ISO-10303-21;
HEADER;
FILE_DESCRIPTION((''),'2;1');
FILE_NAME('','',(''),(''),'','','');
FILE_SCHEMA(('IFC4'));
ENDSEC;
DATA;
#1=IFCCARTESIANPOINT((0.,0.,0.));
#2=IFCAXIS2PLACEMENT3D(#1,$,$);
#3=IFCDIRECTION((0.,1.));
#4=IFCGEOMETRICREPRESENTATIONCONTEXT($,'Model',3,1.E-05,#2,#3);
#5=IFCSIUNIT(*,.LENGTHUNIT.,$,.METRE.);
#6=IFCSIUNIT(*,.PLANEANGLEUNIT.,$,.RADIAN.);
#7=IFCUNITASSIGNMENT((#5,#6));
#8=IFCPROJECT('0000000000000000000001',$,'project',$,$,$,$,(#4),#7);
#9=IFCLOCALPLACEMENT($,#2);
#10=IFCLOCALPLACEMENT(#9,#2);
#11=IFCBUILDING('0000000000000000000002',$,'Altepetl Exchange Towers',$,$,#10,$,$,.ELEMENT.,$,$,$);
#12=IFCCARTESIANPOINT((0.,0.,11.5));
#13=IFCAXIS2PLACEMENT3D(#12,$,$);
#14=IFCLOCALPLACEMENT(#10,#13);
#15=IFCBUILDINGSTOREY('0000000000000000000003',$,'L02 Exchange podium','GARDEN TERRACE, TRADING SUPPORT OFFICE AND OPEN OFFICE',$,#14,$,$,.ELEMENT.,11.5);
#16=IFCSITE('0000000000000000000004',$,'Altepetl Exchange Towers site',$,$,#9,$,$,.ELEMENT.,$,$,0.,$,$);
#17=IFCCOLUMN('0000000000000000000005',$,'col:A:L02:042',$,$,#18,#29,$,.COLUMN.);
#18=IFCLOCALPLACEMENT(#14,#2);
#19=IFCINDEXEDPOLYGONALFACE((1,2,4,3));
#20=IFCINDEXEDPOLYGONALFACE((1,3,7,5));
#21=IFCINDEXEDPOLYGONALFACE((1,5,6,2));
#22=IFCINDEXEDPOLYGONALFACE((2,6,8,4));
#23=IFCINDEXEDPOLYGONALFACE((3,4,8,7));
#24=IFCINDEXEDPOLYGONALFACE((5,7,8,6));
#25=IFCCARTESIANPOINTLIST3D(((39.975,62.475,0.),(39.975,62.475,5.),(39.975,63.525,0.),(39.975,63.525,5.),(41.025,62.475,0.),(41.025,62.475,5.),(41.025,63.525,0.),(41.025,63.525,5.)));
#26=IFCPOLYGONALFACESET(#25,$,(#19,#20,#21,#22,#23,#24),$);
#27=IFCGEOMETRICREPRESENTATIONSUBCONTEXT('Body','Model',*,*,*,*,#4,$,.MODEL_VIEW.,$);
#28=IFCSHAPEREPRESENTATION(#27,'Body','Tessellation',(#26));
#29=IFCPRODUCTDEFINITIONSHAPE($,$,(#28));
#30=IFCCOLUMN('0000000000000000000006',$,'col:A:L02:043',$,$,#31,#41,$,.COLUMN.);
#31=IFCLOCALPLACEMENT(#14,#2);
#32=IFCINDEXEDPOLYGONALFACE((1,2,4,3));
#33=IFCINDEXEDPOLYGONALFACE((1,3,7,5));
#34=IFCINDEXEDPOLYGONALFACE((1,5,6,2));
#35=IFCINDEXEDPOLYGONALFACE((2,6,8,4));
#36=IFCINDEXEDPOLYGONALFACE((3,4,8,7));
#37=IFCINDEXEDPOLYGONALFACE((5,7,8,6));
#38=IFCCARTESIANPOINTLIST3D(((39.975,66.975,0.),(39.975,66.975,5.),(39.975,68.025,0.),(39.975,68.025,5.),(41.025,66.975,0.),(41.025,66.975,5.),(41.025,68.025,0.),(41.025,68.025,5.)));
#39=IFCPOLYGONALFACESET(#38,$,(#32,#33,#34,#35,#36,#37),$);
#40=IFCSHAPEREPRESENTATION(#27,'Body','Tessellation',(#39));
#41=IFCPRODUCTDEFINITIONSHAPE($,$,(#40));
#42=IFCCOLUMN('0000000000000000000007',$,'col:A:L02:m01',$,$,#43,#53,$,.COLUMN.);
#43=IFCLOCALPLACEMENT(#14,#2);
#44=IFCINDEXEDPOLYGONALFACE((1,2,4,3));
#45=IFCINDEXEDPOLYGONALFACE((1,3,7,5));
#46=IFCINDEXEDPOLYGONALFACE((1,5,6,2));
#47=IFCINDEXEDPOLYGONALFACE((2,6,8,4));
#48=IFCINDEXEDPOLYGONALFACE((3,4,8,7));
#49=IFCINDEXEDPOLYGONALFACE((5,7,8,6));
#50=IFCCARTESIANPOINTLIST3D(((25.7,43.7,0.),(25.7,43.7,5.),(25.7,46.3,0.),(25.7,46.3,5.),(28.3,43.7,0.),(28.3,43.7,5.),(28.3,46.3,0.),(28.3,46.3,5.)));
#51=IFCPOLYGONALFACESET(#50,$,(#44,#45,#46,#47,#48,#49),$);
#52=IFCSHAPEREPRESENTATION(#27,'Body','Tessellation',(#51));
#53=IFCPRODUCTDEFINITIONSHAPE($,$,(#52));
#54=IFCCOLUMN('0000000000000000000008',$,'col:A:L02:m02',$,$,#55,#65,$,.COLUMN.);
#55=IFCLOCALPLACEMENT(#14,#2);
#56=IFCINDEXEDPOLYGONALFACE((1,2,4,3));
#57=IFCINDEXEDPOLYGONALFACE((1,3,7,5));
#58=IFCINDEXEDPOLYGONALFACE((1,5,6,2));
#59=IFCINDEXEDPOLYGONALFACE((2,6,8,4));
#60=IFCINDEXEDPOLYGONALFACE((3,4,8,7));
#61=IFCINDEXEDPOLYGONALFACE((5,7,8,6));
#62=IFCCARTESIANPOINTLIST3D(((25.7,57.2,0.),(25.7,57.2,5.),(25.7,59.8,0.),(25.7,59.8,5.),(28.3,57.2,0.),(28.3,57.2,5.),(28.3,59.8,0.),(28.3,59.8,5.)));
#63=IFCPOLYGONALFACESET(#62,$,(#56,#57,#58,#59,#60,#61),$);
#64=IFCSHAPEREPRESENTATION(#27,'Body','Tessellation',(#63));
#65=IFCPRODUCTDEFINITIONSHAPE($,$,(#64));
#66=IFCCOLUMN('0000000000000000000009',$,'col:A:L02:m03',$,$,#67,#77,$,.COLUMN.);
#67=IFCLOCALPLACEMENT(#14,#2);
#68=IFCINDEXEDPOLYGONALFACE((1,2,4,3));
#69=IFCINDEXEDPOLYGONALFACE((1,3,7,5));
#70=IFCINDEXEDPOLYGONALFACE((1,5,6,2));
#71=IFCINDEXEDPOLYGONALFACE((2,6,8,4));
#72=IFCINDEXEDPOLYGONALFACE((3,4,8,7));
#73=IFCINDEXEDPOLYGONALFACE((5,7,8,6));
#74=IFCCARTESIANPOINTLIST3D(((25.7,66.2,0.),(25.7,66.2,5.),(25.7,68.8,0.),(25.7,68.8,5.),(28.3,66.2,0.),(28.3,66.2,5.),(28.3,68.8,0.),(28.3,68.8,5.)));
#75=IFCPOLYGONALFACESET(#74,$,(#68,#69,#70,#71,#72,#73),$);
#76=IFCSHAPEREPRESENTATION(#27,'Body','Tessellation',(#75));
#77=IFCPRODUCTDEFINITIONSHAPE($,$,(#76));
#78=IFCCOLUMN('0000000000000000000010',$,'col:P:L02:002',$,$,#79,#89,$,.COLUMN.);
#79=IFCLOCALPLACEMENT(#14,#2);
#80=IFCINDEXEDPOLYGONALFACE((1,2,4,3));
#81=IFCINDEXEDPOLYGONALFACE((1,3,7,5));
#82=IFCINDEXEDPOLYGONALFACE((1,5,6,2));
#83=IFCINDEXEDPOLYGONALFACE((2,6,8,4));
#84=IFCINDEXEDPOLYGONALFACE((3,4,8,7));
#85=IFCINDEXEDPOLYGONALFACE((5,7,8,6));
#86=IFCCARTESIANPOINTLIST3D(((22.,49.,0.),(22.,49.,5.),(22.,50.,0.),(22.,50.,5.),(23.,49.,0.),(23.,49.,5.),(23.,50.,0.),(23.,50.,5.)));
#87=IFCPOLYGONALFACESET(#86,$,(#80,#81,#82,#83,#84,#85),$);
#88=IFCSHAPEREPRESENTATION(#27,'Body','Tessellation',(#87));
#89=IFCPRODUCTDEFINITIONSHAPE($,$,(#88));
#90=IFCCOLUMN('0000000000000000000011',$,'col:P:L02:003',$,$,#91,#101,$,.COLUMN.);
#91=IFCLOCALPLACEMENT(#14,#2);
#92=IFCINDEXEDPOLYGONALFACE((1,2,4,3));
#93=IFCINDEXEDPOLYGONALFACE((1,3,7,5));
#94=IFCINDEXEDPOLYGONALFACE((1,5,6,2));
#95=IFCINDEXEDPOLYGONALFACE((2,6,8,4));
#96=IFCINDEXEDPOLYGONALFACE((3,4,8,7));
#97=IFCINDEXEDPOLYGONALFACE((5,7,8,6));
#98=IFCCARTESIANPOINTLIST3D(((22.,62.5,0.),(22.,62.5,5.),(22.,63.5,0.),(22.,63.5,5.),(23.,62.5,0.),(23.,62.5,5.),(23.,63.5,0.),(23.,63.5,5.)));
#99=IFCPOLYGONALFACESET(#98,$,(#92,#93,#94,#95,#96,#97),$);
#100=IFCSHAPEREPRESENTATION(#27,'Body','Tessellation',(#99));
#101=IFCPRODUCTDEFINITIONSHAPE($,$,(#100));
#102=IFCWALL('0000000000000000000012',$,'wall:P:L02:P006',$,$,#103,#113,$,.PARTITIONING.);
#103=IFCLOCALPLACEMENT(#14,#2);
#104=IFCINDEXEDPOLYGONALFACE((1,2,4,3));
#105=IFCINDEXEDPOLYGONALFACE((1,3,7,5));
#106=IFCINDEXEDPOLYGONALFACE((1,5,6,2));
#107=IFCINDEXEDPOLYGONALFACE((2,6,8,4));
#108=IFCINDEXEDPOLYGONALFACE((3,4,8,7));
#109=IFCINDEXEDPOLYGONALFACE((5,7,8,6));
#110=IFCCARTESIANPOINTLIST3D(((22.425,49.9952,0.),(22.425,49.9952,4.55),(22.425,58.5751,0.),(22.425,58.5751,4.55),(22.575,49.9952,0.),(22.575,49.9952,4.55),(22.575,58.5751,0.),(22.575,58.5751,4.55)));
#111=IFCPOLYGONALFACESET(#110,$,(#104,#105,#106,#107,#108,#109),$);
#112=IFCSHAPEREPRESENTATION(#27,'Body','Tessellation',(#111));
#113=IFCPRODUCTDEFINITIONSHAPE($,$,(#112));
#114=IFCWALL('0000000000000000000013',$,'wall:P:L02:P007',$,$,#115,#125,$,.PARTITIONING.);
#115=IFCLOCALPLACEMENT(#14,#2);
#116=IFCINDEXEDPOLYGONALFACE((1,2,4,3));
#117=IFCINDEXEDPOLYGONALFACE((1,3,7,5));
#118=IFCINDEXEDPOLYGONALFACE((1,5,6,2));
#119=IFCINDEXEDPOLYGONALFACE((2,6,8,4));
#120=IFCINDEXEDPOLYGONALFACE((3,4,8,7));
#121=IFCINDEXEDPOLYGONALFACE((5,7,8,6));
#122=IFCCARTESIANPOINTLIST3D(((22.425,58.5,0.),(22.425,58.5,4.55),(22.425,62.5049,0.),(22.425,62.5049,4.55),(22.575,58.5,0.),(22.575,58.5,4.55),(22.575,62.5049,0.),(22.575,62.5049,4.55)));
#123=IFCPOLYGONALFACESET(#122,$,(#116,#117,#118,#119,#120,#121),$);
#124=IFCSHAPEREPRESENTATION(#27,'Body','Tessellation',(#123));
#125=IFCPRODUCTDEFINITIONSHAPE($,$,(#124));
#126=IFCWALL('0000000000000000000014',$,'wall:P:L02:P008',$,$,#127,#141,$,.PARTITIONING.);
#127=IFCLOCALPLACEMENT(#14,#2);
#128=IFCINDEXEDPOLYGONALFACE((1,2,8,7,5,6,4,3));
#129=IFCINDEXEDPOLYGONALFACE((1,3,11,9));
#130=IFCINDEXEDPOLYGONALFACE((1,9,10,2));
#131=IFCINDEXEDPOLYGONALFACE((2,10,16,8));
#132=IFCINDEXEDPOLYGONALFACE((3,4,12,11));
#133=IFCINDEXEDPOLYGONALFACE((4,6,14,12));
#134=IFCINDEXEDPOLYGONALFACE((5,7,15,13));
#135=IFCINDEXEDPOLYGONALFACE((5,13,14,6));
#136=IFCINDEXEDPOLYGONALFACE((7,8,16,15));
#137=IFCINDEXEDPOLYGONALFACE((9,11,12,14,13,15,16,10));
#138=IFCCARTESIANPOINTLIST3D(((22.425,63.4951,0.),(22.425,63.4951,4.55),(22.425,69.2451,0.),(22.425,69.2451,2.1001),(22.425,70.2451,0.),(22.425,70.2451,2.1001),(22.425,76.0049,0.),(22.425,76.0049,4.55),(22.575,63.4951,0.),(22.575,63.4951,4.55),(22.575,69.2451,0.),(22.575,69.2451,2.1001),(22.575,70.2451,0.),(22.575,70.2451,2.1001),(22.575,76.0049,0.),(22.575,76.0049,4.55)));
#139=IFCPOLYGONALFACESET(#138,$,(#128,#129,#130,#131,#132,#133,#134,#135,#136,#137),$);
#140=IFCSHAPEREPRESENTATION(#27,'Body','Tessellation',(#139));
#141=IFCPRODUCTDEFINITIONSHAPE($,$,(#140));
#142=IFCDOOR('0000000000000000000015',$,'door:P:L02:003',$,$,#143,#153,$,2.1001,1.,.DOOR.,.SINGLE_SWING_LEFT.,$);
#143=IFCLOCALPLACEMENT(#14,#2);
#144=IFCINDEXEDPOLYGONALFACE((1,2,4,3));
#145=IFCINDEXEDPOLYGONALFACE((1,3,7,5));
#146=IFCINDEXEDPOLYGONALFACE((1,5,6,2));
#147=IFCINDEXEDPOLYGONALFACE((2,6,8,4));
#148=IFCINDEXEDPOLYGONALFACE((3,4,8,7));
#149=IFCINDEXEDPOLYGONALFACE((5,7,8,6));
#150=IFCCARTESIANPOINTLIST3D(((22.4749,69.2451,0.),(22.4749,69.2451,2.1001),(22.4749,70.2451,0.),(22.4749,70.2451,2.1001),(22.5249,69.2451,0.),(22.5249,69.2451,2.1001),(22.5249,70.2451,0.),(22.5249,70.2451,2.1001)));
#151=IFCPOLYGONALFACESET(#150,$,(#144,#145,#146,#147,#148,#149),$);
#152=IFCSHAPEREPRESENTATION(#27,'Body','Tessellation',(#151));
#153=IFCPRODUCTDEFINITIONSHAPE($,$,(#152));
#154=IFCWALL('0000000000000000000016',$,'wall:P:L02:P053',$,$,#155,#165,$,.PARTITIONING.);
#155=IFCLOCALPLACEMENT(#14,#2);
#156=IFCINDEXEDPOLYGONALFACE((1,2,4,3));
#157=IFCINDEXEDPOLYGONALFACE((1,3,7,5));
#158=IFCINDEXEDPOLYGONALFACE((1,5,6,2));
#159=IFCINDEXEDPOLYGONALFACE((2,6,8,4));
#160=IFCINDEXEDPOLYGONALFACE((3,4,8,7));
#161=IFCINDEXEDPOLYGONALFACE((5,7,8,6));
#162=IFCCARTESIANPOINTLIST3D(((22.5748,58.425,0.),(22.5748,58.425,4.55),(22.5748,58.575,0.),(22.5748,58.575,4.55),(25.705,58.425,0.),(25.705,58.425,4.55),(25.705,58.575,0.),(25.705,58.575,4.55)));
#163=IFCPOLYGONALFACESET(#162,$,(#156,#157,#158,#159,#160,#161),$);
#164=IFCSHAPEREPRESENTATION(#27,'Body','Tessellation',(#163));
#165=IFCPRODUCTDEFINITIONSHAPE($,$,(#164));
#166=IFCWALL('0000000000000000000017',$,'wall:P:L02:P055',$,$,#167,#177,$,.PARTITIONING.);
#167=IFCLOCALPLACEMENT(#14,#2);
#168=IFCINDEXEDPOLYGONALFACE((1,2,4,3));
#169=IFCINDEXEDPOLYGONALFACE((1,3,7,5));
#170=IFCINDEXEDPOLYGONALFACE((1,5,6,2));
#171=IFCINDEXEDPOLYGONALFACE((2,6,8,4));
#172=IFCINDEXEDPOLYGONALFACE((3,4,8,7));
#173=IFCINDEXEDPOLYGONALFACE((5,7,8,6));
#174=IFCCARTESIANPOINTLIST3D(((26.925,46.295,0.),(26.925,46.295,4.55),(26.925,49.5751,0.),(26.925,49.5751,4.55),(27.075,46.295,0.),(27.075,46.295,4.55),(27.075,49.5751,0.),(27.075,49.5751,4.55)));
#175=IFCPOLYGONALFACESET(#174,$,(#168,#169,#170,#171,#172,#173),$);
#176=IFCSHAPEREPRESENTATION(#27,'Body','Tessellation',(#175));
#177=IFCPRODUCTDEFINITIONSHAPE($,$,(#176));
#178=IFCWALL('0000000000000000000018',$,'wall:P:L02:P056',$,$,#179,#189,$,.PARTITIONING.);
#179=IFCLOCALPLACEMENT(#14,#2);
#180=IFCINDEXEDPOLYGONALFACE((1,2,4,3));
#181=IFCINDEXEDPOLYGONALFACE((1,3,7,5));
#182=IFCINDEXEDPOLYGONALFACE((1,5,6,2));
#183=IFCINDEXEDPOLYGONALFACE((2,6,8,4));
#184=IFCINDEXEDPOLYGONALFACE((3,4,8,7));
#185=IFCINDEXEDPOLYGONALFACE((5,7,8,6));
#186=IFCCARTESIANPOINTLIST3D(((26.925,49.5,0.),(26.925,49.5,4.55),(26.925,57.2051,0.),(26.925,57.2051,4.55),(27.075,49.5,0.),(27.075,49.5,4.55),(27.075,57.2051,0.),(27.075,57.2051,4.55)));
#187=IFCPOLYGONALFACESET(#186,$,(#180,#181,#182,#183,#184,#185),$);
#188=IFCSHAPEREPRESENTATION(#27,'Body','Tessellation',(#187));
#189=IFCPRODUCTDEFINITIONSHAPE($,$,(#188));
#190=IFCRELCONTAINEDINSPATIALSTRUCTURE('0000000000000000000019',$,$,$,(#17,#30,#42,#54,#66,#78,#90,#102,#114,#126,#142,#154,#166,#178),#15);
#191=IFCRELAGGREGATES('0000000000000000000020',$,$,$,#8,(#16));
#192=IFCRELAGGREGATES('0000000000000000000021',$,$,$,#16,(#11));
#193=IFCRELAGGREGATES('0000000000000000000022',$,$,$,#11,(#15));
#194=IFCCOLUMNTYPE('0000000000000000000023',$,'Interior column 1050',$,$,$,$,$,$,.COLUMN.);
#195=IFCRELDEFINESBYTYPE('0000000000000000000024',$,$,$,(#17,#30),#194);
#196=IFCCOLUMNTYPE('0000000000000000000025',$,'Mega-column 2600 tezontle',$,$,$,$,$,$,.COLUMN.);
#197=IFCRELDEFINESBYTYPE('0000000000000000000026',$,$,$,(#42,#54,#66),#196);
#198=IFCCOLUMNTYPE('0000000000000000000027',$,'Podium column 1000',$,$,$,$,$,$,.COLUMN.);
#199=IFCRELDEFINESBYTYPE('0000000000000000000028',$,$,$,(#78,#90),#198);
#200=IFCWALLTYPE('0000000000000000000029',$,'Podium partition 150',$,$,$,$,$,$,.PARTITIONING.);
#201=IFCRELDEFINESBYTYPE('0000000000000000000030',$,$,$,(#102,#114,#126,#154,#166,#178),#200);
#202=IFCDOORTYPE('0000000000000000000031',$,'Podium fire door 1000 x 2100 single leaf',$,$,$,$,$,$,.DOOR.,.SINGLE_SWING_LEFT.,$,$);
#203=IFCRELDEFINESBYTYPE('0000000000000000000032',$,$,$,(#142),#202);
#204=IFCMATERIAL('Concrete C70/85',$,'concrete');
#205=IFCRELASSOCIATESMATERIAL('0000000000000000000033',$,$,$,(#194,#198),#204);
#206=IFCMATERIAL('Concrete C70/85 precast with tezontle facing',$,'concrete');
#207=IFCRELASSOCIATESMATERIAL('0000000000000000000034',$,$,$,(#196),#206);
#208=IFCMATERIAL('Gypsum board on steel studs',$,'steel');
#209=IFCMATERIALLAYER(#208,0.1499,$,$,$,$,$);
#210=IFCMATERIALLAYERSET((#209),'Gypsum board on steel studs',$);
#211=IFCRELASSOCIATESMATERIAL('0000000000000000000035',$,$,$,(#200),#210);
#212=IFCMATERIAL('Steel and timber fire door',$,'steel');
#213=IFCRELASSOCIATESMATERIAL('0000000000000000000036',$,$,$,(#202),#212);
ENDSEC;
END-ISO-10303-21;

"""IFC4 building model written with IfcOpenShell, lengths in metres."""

from ifc_helpers import new_model, si_unit, direction, frame, frame_2d, origin, origin_2d, place, context, subcontext, project, spatial, rectangle, extrude, material, layer, layer_set, material_profile, profile_set, type_object, element, fill, save


model = new_model("IFC4")

# Units and contexts
model_context = context("Model", 3, precision=1e-05, world=origin(), true_north=direction((0.0, 1.0)))
body_context = subcontext(model_context, "Body", "Model", "MODEL_VIEW")
ifc_project = project(units=[si_unit("LENGTHUNIT", "METRE"), si_unit("PLANEANGLEUNIT", "RADIAN")], contexts=[model_context])

# Site, building, storey
site_placement = place(None, origin())
site = spatial("IfcSite", under=ifc_project, at=site_placement, Name="Altepetl Exchange Towers site", CompositionType="ELEMENT", RefElevation=0.0)
building_placement = place(site_placement, origin())
building = spatial("IfcBuilding", under=site, at=building_placement, Name="Altepetl Exchange Towers", CompositionType="ELEMENT")
storey_placement = place(building_placement, frame((0.0, 0.0, 11.5)))
storey = spatial("IfcBuildingStorey", under=building, at=storey_placement, Name="L02 Exchange podium", Description="GARDEN TERRACE, TRADING SUPPORT OFFICE AND OPEN OFFICE", CompositionType="ELEMENT", Elevation=11.5)

# Columns
ifc_material_1 = material(Name="Concrete C70/85", Category="concrete")
ifc_material_profile_1 = material_profile(ifc_material_1, rectangle(XDim=1.05, YDim=1.05, at=origin_2d()), Name="1050 x 1050")
ifc_profile_set_1 = profile_set([ifc_material_profile_1], Name="Concrete C70/85")
column_type_1 = type_object("IfcColumnType", Name="Interior column 1050", PredefinedType="COLUMN", material=ifc_profile_set_1)
for number, where, name in (
    (1, (40.5, 63.0, 0.0), "col:A:L02:042"),
    (2, (40.5, 67.5, 0.0), "col:A:L02:043"),
):
    element("IfcColumn", number, at=place(storey_placement, frame(where)), inside=storey, type_object=column_type_1, Name=name, PredefinedType="COLUMN", context=body_context, shape_type="SweptSolid", body=[
        extrude(rectangle(XDim=1.05, YDim=1.05, at=origin_2d()), origin(), (0.0, 0.0, 1.0), 5.0),
    ])
ifc_material_2 = material(Name="Concrete C70/85 precast with tezontle facing", Category="concrete")
ifc_material_profile_2 = material_profile(ifc_material_2, rectangle(XDim=2.6001, YDim=2.6001, at=origin_2d()), Name="2600 x 2600")
ifc_profile_set_2 = profile_set([ifc_material_profile_2], Name="Concrete C70/85 precast with tezontle facing")
column_type_2 = type_object("IfcColumnType", Name="Mega-column 2600 tezontle", PredefinedType="COLUMN", material=ifc_profile_set_2)
for number, where, name in (
    (3, (27.0, 45.0, 0.0), "col:A:L02:m01"),
    (4, (27.0, 58.5, 0.0), "col:A:L02:m02"),
    (5, (27.0, 67.5, 0.0), "col:A:L02:m03"),
):
    element("IfcColumn", number, at=place(storey_placement, frame(where)), inside=storey, type_object=column_type_2, Name=name, PredefinedType="COLUMN", context=body_context, shape_type="SweptSolid", body=[
        extrude(rectangle(XDim=2.6001, YDim=2.6001, at=origin_2d()), origin(), (0.0, 0.0, 1.0), 5.0),
    ])
ifc_material_profile_3 = material_profile(ifc_material_1, rectangle(XDim=1.0, YDim=1.0, at=origin_2d()), Name="1000 x 1000")
ifc_profile_set_3 = profile_set([ifc_material_profile_3], Name="Concrete C70/85")
column_type_3 = type_object("IfcColumnType", Name="Podium column 1000", PredefinedType="COLUMN", material=ifc_profile_set_3)
for number, where, name in (
    (6, (22.5, 49.5, 0.0), "col:P:L02:002"),
    (7, (22.5, 63.0, 0.0), "col:P:L02:003"),
):
    element("IfcColumn", number, at=place(storey_placement, frame(where)), inside=storey, type_object=column_type_3, Name=name, PredefinedType="COLUMN", context=body_context, shape_type="SweptSolid", body=[
        extrude(rectangle(XDim=1.0, YDim=1.0, at=origin_2d()), origin(), (0.0, 0.0, 1.0), 5.0),
    ])

# Walls
ifc_material_3 = material(Name="Gypsum board on steel studs", Category="steel")
ifc_layer_1 = layer(ifc_material_3, 0.1499)
ifc_layer_set_1 = layer_set([ifc_layer_1], Name="Gypsum board on steel studs")
wall_type_1 = type_object("IfcWallType", Name="Podium partition 150", PredefinedType="PARTITIONING", material=ifc_layer_set_1)
wall_1_placement = place(storey_placement, frame((22.5, 49.9951, 0.0), z_axis=(0.0, 0.0, 1.0), x_axis=(0.0, 1.0, 0.0)))
element("IfcWall", 8, at=wall_1_placement, inside=storey, type_object=wall_type_1, Name="wall:P:L02:P006", PredefinedType="PARTITIONING", context=body_context, shape_type="SweptSolid", body=[
    extrude(rectangle(XDim=8.5798, YDim=0.1499, at=frame_2d((4.29, 0.0))), origin(), (0.0, 0.0, 1.0), 4.55),
])
wall_2_placement = place(storey_placement, frame((22.5, 58.5, 0.0), z_axis=(0.0, 0.0, 1.0), x_axis=(0.0, 1.0, 0.0)))
element("IfcWall", 9, at=wall_2_placement, inside=storey, type_object=wall_type_1, Name="wall:P:L02:P007", PredefinedType="PARTITIONING", context=body_context, shape_type="SweptSolid", body=[
    extrude(rectangle(XDim=4.0049, YDim=0.1499, at=frame_2d((2.0024, 0.0))), origin(), (0.0, 0.0, 1.0), 4.55),
])

# Wall, opening, door
wall_3_placement = place(storey_placement, frame((22.5, 63.4951, 0.0), z_axis=(0.0, 0.0, 1.0), x_axis=(0.0, 1.0, 0.0)))
wall_3 = element("IfcWall", 10, at=wall_3_placement, inside=storey, type_object=wall_type_1, Name="wall:P:L02:P008", PredefinedType="PARTITIONING", context=body_context, shape_type="SweptSolid", body=[
    extrude(rectangle(XDim=12.5098, YDim=0.1499, at=frame_2d((6.2549, 0.0))), origin(), (0.0, 0.0, 1.0), 4.55),
])
opening_1_placement = place(wall_3_placement, frame((5.75, 0.0, 0.0)))
opening_1 = element("IfcOpeningElement", 11, at=opening_1_placement, cuts=wall_3, PredefinedType="OPENING", context=body_context, shape_type="SweptSolid", body=[
    extrude(rectangle(XDim=1.0, YDim=2.1001, at=frame_2d((0.5, 1.05))), frame((0.0, 0.085, 0.0), z_axis=(0.0, -1.0, 0.0), x_axis=(1.0, 0.0, 0.0)), (0.0, 0.0, 1.0), 0.1699),
])
ifc_material_4 = material(Name="Steel and timber fire door", Category="steel")
door_type_1 = type_object("IfcDoorType", Name="Podium fire door 1000 x 2100 single leaf", OperationType="SINGLE_SWING_LEFT", PredefinedType="DOOR", material=ifc_material_4)
door_1_placement = place(opening_1_placement, frame((1.0, 0.0, 0.0), x_axis=(-1.0, 0.0, 0.0)))
door_1 = element("IfcDoor", 12, at=door_1_placement, inside=storey, type_object=door_type_1, Name="door:P:L02:003", OperationType="SINGLE_SWING_LEFT", OverallHeight=2.1001, OverallWidth=1.0, PredefinedType="DOOR", context=body_context, shape_type="SweptSolid", body=[
    extrude(rectangle(XDim=1.0, YDim=2.1001, at=frame_2d((0.5, 1.05))), frame((0.0, 0.0249, 0.0), z_axis=(0.0, -1.0, 0.0), x_axis=(1.0, 0.0, 0.0)), (0.0, 0.0, 1.0), 0.05),
])
fill(opening_1, door_1)

# Walls
wall_4_placement = place(storey_placement, frame((22.575, 58.5, 0.0)))
element("IfcWall", 13, at=wall_4_placement, inside=storey, type_object=wall_type_1, Name="wall:P:L02:P053", PredefinedType="PARTITIONING", context=body_context, shape_type="SweptSolid", body=[
    extrude(rectangle(XDim=3.1301, YDim=0.1499, at=frame_2d((1.5649, 0.0))), origin(), (0.0, 0.0, 1.0), 4.55),
])
wall_5_placement = place(storey_placement, frame((27.0, 46.2949, 0.0), z_axis=(0.0, 0.0, 1.0), x_axis=(0.0, 1.0, 0.0)))
element("IfcWall", 14, at=wall_5_placement, inside=storey, type_object=wall_type_1, Name="wall:P:L02:P055", PredefinedType="PARTITIONING", context=body_context, shape_type="SweptSolid", body=[
    extrude(rectangle(XDim=3.28, YDim=0.1499, at=frame_2d((1.6401, 0.0))), origin(), (0.0, 0.0, 1.0), 4.55),
])
wall_6_placement = place(storey_placement, frame((27.0, 49.5, 0.0), z_axis=(0.0, 0.0, 1.0), x_axis=(0.0, 1.0, 0.0)))
element("IfcWall", 15, at=wall_6_placement, inside=storey, type_object=wall_type_1, Name="wall:P:L02:P056", PredefinedType="PARTITIONING", context=body_context, shape_type="SweptSolid", body=[
    extrude(rectangle(XDim=7.7051, YDim=0.1499, at=frame_2d((3.8525, 0.0))), origin(), (0.0, 0.0, 1.0), 4.55),
])

save(model, "model.ifc")
